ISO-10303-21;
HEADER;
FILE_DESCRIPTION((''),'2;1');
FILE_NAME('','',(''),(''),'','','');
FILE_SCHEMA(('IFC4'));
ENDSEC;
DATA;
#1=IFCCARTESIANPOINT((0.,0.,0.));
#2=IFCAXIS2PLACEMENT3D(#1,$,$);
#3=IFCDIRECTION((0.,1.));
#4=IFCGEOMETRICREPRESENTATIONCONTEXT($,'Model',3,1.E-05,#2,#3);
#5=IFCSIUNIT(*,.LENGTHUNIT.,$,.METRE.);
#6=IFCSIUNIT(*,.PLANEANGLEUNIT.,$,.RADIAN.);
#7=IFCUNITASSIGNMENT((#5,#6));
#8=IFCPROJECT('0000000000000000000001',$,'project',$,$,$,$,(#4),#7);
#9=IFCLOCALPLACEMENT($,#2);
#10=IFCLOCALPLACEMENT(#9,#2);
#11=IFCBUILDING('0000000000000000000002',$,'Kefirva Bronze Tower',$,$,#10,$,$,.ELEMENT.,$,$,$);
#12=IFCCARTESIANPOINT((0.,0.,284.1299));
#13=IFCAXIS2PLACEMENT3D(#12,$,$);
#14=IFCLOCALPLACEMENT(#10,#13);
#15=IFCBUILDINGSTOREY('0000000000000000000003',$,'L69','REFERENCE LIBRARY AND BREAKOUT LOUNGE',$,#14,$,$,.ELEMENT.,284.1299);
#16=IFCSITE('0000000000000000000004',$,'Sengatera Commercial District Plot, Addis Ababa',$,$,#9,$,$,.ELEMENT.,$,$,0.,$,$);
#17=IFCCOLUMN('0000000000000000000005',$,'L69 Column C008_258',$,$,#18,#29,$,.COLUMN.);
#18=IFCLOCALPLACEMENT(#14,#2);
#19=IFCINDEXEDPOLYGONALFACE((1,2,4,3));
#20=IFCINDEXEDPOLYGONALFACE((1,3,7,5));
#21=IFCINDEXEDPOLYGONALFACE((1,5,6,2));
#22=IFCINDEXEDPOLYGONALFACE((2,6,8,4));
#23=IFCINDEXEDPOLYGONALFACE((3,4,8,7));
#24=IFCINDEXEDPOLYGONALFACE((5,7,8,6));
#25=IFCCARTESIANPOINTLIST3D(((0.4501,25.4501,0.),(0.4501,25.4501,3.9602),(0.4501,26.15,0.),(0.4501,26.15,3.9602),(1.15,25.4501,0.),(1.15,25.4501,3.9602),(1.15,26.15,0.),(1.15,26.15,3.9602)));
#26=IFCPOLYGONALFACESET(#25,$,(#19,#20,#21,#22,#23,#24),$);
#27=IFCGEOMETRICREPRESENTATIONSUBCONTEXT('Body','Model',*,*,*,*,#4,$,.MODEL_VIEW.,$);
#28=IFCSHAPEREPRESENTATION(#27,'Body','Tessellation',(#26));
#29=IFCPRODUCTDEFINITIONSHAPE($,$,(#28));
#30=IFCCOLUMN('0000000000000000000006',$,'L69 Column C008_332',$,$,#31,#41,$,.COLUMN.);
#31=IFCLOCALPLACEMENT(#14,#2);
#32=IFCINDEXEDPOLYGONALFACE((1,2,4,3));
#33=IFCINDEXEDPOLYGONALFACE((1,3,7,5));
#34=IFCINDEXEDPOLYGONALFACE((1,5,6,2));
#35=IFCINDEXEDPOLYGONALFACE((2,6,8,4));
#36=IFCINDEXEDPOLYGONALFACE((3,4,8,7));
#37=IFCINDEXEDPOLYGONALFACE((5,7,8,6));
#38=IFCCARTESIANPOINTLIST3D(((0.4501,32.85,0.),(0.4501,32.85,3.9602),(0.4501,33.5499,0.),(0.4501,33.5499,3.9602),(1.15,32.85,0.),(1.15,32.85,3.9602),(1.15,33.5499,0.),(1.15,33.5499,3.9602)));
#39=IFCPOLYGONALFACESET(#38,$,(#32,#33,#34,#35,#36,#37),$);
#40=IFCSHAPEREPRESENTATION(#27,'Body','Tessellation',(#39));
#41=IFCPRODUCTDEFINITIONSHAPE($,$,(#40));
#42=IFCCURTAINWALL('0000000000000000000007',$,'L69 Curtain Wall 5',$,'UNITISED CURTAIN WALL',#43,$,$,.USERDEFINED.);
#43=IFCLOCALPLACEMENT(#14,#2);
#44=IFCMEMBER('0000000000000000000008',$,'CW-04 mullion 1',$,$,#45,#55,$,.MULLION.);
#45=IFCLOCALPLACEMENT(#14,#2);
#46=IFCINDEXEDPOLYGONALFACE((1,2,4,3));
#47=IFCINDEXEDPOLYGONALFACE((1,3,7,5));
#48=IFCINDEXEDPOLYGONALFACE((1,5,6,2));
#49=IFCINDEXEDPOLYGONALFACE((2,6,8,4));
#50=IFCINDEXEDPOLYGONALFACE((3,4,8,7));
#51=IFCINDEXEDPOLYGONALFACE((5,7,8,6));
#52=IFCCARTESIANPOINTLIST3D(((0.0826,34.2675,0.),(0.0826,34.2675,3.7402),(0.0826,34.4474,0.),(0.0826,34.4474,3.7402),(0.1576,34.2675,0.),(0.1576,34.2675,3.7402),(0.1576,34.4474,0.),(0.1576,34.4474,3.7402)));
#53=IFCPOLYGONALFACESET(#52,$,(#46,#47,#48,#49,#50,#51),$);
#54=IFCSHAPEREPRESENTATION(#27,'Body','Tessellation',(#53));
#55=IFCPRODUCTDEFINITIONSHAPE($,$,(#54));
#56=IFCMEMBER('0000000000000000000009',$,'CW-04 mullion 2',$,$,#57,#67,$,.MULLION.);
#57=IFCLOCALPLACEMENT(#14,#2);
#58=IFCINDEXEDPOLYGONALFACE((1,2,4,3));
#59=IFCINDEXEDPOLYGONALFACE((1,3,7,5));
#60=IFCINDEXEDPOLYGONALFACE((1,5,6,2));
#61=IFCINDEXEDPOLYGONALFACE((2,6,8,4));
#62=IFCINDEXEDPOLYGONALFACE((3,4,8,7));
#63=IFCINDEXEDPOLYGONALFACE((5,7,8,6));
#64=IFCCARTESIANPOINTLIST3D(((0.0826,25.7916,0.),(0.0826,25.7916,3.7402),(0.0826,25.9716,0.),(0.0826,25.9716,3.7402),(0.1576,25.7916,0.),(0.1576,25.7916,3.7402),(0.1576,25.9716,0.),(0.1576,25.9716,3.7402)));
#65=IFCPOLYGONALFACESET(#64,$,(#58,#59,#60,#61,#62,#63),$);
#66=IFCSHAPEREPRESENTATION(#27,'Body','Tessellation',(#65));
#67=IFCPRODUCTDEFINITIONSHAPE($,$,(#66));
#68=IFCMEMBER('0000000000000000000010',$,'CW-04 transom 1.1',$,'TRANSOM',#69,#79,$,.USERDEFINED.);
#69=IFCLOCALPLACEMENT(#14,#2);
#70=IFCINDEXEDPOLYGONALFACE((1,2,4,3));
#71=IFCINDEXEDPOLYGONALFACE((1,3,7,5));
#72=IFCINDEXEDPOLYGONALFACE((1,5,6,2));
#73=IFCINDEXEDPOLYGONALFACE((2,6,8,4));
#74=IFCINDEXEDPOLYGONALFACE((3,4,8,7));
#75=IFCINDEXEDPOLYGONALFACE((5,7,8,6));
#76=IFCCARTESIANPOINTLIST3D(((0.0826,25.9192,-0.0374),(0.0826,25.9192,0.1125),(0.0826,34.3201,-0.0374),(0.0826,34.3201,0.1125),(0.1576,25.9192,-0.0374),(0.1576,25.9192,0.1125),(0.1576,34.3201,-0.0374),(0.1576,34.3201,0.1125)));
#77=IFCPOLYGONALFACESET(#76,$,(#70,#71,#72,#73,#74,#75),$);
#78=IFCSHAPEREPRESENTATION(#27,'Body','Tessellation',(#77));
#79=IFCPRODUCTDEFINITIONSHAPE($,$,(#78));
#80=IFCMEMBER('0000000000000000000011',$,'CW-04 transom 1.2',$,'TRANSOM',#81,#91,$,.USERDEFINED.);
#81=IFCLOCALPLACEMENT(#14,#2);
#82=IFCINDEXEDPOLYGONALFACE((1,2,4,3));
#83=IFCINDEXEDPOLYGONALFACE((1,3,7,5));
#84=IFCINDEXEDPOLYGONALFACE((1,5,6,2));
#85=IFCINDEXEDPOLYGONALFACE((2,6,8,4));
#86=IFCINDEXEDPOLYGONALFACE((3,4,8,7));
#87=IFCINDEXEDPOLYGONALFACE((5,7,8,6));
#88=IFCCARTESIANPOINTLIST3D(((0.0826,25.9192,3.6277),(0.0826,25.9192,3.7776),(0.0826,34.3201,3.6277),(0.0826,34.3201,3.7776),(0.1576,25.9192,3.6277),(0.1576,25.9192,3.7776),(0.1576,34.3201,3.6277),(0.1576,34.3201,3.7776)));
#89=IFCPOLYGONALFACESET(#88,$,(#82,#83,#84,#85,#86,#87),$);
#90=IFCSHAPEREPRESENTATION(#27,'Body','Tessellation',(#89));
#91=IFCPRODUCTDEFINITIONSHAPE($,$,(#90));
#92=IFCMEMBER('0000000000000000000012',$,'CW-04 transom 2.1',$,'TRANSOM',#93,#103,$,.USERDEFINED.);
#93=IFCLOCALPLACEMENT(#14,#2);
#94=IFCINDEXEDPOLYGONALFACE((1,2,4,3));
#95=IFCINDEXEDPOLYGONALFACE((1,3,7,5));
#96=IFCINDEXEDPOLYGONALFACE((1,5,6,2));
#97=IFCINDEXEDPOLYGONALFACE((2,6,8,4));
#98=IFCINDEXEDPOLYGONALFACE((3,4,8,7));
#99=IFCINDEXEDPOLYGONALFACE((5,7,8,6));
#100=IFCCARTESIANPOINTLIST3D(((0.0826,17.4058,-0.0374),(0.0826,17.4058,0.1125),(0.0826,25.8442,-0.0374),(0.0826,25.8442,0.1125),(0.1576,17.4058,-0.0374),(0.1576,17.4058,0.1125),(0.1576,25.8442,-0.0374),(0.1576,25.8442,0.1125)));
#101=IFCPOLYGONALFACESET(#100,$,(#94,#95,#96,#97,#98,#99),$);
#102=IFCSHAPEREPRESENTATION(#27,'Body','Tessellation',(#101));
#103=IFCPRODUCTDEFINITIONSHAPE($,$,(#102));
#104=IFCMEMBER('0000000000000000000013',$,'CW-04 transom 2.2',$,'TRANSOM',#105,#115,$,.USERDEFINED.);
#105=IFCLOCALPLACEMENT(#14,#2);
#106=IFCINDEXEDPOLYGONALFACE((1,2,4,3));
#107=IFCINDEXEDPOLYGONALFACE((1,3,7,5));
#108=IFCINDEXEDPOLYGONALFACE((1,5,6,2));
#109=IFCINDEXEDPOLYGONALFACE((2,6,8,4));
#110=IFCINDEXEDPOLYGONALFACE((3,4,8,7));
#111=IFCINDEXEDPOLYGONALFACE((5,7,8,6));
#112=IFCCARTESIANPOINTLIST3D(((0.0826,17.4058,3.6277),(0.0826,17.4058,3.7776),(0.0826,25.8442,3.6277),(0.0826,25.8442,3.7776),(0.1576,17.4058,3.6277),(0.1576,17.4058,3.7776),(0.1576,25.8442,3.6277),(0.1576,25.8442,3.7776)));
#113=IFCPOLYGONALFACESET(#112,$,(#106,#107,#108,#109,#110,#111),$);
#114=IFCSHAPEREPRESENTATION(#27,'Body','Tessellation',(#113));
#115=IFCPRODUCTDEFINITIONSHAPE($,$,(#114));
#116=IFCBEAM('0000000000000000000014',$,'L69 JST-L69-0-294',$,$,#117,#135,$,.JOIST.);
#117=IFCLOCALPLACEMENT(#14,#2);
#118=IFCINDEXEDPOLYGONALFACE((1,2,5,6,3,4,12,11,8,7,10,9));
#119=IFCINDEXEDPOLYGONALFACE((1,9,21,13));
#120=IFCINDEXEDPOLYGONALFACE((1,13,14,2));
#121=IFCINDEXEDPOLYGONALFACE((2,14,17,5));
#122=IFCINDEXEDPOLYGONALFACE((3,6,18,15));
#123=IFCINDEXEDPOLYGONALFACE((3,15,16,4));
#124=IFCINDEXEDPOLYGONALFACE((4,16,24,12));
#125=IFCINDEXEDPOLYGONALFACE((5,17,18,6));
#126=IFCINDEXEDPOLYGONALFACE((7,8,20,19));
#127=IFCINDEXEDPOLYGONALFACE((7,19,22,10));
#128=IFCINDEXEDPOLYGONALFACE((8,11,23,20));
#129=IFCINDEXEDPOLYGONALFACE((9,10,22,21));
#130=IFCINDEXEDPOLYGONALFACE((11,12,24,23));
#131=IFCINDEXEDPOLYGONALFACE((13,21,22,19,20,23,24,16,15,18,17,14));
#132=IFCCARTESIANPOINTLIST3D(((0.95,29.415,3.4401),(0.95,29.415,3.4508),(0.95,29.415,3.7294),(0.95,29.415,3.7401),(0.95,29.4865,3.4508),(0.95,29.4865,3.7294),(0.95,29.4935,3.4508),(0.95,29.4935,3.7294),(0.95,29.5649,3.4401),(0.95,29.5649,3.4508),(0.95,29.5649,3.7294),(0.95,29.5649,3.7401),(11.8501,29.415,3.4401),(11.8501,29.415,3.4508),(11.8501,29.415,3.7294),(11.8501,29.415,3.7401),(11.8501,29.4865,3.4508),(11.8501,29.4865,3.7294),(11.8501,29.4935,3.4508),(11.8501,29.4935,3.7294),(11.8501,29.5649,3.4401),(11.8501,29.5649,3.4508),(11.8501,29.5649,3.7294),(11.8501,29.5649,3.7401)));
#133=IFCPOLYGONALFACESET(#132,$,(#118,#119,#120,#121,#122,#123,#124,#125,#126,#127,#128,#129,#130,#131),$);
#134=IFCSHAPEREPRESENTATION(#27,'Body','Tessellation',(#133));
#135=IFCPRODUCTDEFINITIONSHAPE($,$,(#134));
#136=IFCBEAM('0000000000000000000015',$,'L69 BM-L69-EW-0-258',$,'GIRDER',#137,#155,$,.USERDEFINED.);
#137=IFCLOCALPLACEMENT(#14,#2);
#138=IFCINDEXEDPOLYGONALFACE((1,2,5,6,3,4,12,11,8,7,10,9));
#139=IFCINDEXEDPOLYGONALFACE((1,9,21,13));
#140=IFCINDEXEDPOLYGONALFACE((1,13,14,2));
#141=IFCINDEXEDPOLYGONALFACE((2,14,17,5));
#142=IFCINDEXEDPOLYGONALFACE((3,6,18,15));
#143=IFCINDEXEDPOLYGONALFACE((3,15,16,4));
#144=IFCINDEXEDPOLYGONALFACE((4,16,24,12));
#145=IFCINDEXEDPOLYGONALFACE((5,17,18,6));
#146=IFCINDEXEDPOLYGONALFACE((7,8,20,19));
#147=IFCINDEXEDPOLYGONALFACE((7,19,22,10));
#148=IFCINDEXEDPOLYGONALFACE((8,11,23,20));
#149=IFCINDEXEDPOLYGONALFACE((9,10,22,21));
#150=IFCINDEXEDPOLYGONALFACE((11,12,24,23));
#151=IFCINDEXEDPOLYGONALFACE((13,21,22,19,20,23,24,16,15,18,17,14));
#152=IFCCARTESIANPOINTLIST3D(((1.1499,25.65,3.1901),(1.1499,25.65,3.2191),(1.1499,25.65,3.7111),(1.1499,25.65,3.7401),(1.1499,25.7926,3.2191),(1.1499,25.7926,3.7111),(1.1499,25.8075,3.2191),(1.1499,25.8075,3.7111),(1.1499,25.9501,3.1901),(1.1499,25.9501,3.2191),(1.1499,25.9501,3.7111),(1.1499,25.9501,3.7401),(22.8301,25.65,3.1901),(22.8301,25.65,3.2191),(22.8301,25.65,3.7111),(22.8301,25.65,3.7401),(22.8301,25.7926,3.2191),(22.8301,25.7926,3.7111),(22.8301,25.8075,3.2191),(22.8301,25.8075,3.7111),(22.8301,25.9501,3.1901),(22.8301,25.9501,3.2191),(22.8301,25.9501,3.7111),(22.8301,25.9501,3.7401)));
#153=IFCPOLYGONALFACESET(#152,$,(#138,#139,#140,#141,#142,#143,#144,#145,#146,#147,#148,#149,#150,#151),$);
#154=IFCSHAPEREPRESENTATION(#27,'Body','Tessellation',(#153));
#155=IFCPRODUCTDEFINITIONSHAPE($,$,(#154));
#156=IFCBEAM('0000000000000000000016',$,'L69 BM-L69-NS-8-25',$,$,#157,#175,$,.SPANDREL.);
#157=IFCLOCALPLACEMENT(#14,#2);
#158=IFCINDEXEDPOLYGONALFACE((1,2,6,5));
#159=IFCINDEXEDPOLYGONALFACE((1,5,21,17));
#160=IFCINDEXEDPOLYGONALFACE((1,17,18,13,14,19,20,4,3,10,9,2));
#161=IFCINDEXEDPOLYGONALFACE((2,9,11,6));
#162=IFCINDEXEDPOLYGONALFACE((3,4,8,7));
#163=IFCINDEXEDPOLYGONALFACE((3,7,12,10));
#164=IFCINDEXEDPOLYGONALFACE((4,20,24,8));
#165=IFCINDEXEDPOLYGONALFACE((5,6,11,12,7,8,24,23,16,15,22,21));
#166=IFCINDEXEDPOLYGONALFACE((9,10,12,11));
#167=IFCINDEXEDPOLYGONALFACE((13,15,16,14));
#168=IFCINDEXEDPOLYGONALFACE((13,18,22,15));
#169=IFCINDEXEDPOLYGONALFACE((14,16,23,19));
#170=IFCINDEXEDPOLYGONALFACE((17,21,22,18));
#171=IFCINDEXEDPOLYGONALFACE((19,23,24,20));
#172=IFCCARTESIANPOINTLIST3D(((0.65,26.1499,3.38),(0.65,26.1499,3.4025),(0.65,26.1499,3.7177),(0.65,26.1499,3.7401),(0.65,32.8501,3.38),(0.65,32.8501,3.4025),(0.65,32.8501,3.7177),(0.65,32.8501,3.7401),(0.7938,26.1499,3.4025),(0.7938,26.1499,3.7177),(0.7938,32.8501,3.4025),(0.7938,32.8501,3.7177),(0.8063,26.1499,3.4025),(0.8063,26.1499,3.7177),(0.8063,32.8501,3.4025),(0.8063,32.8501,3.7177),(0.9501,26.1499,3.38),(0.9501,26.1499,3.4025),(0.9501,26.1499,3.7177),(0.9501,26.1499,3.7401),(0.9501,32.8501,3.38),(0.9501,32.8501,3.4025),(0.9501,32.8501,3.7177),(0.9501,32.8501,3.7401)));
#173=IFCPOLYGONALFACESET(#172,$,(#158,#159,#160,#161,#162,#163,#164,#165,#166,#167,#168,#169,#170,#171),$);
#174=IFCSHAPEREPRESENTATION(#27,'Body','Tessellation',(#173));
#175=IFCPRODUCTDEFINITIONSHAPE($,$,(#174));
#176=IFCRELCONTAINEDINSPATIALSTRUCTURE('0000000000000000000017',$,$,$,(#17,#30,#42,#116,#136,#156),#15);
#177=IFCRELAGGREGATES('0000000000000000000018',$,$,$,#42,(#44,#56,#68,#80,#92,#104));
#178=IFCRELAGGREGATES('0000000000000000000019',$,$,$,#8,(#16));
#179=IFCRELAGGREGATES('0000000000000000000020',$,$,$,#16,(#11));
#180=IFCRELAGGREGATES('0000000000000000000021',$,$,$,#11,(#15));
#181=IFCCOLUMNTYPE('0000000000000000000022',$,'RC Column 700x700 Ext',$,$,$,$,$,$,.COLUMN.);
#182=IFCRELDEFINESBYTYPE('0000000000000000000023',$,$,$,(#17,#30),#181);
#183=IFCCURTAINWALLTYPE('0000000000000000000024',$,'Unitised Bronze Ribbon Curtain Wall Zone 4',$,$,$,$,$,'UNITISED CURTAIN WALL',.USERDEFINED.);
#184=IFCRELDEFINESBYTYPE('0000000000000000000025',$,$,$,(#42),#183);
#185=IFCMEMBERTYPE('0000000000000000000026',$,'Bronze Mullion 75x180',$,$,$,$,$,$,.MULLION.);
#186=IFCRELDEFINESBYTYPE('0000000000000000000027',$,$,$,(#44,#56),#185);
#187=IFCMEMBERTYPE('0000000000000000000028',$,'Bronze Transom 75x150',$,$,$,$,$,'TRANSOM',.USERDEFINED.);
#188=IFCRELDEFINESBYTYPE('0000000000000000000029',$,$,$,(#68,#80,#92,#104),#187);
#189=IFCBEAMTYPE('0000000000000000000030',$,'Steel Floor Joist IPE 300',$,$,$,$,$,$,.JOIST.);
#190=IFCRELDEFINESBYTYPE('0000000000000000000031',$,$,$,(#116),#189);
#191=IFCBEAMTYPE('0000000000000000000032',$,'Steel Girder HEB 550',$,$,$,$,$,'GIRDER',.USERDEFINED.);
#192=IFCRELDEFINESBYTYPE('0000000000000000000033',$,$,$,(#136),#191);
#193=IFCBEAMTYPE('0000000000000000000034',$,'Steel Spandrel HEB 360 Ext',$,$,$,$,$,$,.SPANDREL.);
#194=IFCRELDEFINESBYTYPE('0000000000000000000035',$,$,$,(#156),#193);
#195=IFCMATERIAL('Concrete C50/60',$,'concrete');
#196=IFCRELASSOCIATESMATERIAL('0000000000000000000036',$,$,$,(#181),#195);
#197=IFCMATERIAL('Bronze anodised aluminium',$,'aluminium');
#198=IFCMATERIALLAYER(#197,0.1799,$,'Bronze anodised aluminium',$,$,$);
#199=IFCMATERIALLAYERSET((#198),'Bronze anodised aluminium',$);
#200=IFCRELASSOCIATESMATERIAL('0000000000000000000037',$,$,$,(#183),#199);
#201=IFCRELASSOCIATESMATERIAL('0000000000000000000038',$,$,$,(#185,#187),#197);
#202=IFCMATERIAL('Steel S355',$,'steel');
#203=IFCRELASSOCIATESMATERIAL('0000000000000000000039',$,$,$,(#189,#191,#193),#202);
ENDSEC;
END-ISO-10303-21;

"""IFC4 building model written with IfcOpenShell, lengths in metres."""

from ifc_helpers import new_model, si_unit, direction, frame, origin, origin_2d, place, context, subcontext, project, spatial, rectangle, i_section, extrude, material, layer, layer_set, material_profile, profile_set, type_object, element, aggregate, save


model = new_model("IFC4")

# Units and contexts
model_context = context("Model", 3, precision=1e-05, world=origin(), true_north=direction((0.0, 1.0)))
body_context = subcontext(model_context, "Body", "Model", "MODEL_VIEW")
ifc_project = project(units=[si_unit("LENGTHUNIT", "METRE"), si_unit("PLANEANGLEUNIT", "RADIAN")], contexts=[model_context])

# Site, building, storey
site_placement = place(None, origin())
site = spatial("IfcSite", under=ifc_project, at=site_placement, Name="Sengatera Commercial District Plot, Addis Ababa", CompositionType="ELEMENT", RefElevation=0.0)
building_placement = place(site_placement, origin())
building = spatial("IfcBuilding", under=site, at=building_placement, Name="Kefirva Bronze Tower", CompositionType="ELEMENT")
storey_placement = place(building_placement, frame((0.0, 0.0, 284.1299)))
storey = spatial("IfcBuildingStorey", under=building, at=storey_placement, Name="L69", Description="REFERENCE LIBRARY AND BREAKOUT LOUNGE", CompositionType="ELEMENT", Elevation=284.1299)

# Columns
ifc_material_1 = material(Name="Concrete C50/60", Category="concrete")
ifc_material_profile_1 = material_profile(ifc_material_1, rectangle(XDim=0.7, YDim=0.7, at=origin_2d()), Name="RC 700x700")
ifc_profile_set_1 = profile_set([ifc_material_profile_1], Name="Concrete C50/60")
column_type = type_object("IfcColumnType", Name="RC Column 700x700 Ext", PredefinedType="COLUMN", material=ifc_profile_set_1)
for number, where, z_axis, x_axis, name in (
    (1, (0.8, 25.8, 0.0), (0.0, 0.0, 1.0), (1.0, 0.0, 0.0), "L69 Column C008_258"),
    (2, (0.8, 33.2, 0.0), (0.0, 0.0, 1.0), (1.0, 0.0, 0.0), "L69 Column C008_332"),
):
    element("IfcColumn", number, at=place(storey_placement, frame(where, z_axis=z_axis, x_axis=x_axis)), inside=storey, type_object=column_type, Name=name, PredefinedType="COLUMN", context=body_context, shape_type="SweptSolid", body=[
        extrude(rectangle(XDim=0.7, YDim=0.7, at=origin_2d()), origin(), (0.0, 0.0, 1.0), 3.9602),
    ])

# Curtain wall, members
ifc_material_2 = material(Name="Bronze anodised aluminium", Category="aluminium")
ifc_layer_1 = layer(ifc_material_2, 0.1799, Name="Bronze anodised aluminium")
ifc_layer_set_1 = layer_set([ifc_layer_1], Name="Bronze anodised aluminium")
curtain_wall_type = type_object("IfcCurtainWallType", Name="Unitised Bronze Ribbon Curtain Wall Zone 4", ElementType="UNITISED CURTAIN WALL", PredefinedType="USERDEFINED", material=ifc_layer_set_1)
curtain_wall_placement = place(storey_placement, origin())
curtain_wall = element("IfcCurtainWall", 3, at=curtain_wall_placement, inside=storey, type_object=curtain_wall_type, Name="L69 Curtain Wall 5", ObjectType="UNITISED CURTAIN WALL", PredefinedType="USERDEFINED")
ifc_material_profile_2 = material_profile(ifc_material_2, rectangle(XDim=0.075, YDim=0.1799, at=origin_2d()), Name="ALU 75x180")
ifc_profile_set_2 = profile_set([ifc_material_profile_2], Name="Bronze anodised aluminium")
member_type_1 = type_object("IfcMemberType", Name="Bronze Mullion 75x180", PredefinedType="MULLION", material=ifc_profile_set_2)
member_1_placement = place(storey_placement, frame((0.1201, 34.3574, 0.0), z_axis=(0.0, 0.0, 1.0), x_axis=(1.0, 0.0, 0.0)))
member_1 = element("IfcMember", 4, at=member_1_placement, type_object=member_type_1, Name="CW-04 mullion 1", PredefinedType="MULLION", context=body_context, shape_type="SweptSolid", body=[
    extrude(rectangle(XDim=0.075, YDim=0.1799, at=origin_2d()), origin(), (0.0, 0.0, 1.0), 3.7402),
])
member_2_placement = place(storey_placement, frame((0.1201, 25.8816, 0.0), z_axis=(0.0, 0.0, 1.0), x_axis=(1.0, 0.0, 0.0)))
member_2 = element("IfcMember", 5, at=member_2_placement, type_object=member_type_1, Name="CW-04 mullion 2", PredefinedType="MULLION", context=body_context, shape_type="SweptSolid", body=[
    extrude(rectangle(XDim=0.075, YDim=0.1799, at=origin_2d()), origin(), (0.0, 0.0, 1.0), 3.7402),
])
ifc_material_profile_3 = material_profile(ifc_material_2, rectangle(XDim=0.075, YDim=0.1499, at=origin_2d()), Name="ALU 75x150")
ifc_profile_set_3 = profile_set([ifc_material_profile_3], Name="Bronze anodised aluminium")
member_type_2 = type_object("IfcMemberType", Name="Bronze Transom 75x150", ElementType="TRANSOM", PredefinedType="USERDEFINED", material=ifc_profile_set_3)
member_3_placement = place(storey_placement, frame((0.1201, 34.3201, 0.0376), z_axis=(0.0, -1.0, 0.0), x_axis=(1.0, 0.0, 0.0)))
member_3 = element("IfcMember", 6, at=member_3_placement, type_object=member_type_2, Name="CW-04 transom 1.1", ObjectType="TRANSOM", PredefinedType="USERDEFINED", context=body_context, shape_type="SweptSolid", body=[
    extrude(rectangle(XDim=0.075, YDim=0.1499, at=origin_2d()), origin(), (0.0, 0.0, 1.0), 8.4009),
])
member_4_placement = place(storey_placement, frame((0.1201, 34.3201, 3.7026), z_axis=(0.0, -1.0, 0.0), x_axis=(1.0, 0.0, 0.0)))
member_4 = element("IfcMember", 7, at=member_4_placement, type_object=member_type_2, Name="CW-04 transom 1.2", ObjectType="TRANSOM", PredefinedType="USERDEFINED", context=body_context, shape_type="SweptSolid", body=[
    extrude(rectangle(XDim=0.075, YDim=0.1499, at=origin_2d()), origin(), (0.0, 0.0, 1.0), 8.4009),
])
member_5_placement = place(storey_placement, frame((0.1201, 25.8442, 0.0376), z_axis=(0.0, -1.0, 0.0), x_axis=(1.0, 0.0, 0.0)))
member_5 = element("IfcMember", 8, at=member_5_placement, type_object=member_type_2, Name="CW-04 transom 2.1", ObjectType="TRANSOM", PredefinedType="USERDEFINED", context=body_context, shape_type="SweptSolid", body=[
    extrude(rectangle(XDim=0.075, YDim=0.1499, at=origin_2d()), origin(), (0.0, 0.0, 1.0), 8.4385),
])
member_6_placement = place(storey_placement, frame((0.1201, 25.8442, 3.7026), z_axis=(0.0, -1.0, 0.0), x_axis=(1.0, 0.0, 0.0)))
member_6 = element("IfcMember", 9, at=member_6_placement, type_object=member_type_2, Name="CW-04 transom 2.2", ObjectType="TRANSOM", PredefinedType="USERDEFINED", context=body_context, shape_type="SweptSolid", body=[
    extrude(rectangle(XDim=0.075, YDim=0.1499, at=origin_2d()), origin(), (0.0, 0.0, 1.0), 8.4385),
])

# Beams
ifc_material_3 = material(Name="Steel S355", Category="steel")
ifc_material_profile_4 = material_profile(ifc_material_3, i_section(OverallWidth=0.1499, OverallDepth=0.3, WebThickness=0.0071, FlangeThickness=0.0107, at=origin_2d()), Name="IPE 300")
ifc_profile_set_4 = profile_set([ifc_material_profile_4], Name="Steel S355")
beam_type_1 = type_object("IfcBeamType", Name="Steel Floor Joist IPE 300", PredefinedType="JOIST", material=ifc_profile_set_4)
beam_1_placement = place(storey_placement, frame((0.95, 29.49, 3.5901), z_axis=(1.0, 0.0, 0.0), x_axis=(0.0, 1.0, 0.0)))
element("IfcBeam", 10, at=beam_1_placement, inside=storey, type_object=beam_type_1, Name="L69 JST-L69-0-294", PredefinedType="JOIST", context=body_context, shape_type="SweptSolid", body=[
    extrude(i_section(OverallWidth=0.1499, OverallDepth=0.3, WebThickness=0.0071, FlangeThickness=0.0107, at=origin_2d()), origin(), (0.0, 0.0, 1.0), 10.9001),
])
ifc_material_profile_5 = material_profile(ifc_material_3, i_section(OverallWidth=0.3, OverallDepth=0.55, WebThickness=0.0149, FlangeThickness=0.0291, at=origin_2d()), Name="HEB 550")
ifc_profile_set_5 = profile_set([ifc_material_profile_5], Name="Steel S355")
beam_type_2 = type_object("IfcBeamType", Name="Steel Girder HEB 550", ElementType="GIRDER", PredefinedType="USERDEFINED", material=ifc_profile_set_5)
beam_2_placement = place(storey_placement, frame((1.1499, 25.8, 3.4651), z_axis=(1.0, 0.0, 0.0), x_axis=(0.0, 1.0, 0.0)))
element("IfcBeam", 11, at=beam_2_placement, inside=storey, type_object=beam_type_2, Name="L69 BM-L69-EW-0-258", ObjectType="GIRDER", PredefinedType="USERDEFINED", context=body_context, shape_type="SweptSolid", body=[
    extrude(i_section(OverallWidth=0.3, OverallDepth=0.55, WebThickness=0.0149, FlangeThickness=0.0291, at=origin_2d()), origin(), (0.0, 0.0, 1.0), 21.6802),
])
ifc_material_profile_6 = material_profile(ifc_material_3, i_section(OverallWidth=0.3, OverallDepth=0.3601, WebThickness=0.0125, FlangeThickness=0.0225, at=origin_2d()), Name="HEB 360")
ifc_profile_set_6 = profile_set([ifc_material_profile_6], Name="Steel S355")
beam_type_3 = type_object("IfcBeamType", Name="Steel Spandrel HEB 360 Ext", PredefinedType="SPANDREL", material=ifc_profile_set_6)
beam_3_placement = place(storey_placement, frame((0.8, 26.1499, 3.5601), z_axis=(0.0, 1.0, 0.0), x_axis=(-1.0, 0.0, 0.0)))
element("IfcBeam", 12, at=beam_3_placement, inside=storey, type_object=beam_type_3, Name="L69 BM-L69-NS-8-25", PredefinedType="SPANDREL", context=body_context, shape_type="SweptSolid", body=[
    extrude(i_section(OverallWidth=0.3, OverallDepth=0.3601, WebThickness=0.0125, FlangeThickness=0.0225, at=origin_2d()), origin(), (0.0, 0.0, 1.0), 6.7002),
])

aggregate(curtain_wall, [member_1, member_2, member_3, member_4, member_5, member_6])

save(model, "model.ifc")
